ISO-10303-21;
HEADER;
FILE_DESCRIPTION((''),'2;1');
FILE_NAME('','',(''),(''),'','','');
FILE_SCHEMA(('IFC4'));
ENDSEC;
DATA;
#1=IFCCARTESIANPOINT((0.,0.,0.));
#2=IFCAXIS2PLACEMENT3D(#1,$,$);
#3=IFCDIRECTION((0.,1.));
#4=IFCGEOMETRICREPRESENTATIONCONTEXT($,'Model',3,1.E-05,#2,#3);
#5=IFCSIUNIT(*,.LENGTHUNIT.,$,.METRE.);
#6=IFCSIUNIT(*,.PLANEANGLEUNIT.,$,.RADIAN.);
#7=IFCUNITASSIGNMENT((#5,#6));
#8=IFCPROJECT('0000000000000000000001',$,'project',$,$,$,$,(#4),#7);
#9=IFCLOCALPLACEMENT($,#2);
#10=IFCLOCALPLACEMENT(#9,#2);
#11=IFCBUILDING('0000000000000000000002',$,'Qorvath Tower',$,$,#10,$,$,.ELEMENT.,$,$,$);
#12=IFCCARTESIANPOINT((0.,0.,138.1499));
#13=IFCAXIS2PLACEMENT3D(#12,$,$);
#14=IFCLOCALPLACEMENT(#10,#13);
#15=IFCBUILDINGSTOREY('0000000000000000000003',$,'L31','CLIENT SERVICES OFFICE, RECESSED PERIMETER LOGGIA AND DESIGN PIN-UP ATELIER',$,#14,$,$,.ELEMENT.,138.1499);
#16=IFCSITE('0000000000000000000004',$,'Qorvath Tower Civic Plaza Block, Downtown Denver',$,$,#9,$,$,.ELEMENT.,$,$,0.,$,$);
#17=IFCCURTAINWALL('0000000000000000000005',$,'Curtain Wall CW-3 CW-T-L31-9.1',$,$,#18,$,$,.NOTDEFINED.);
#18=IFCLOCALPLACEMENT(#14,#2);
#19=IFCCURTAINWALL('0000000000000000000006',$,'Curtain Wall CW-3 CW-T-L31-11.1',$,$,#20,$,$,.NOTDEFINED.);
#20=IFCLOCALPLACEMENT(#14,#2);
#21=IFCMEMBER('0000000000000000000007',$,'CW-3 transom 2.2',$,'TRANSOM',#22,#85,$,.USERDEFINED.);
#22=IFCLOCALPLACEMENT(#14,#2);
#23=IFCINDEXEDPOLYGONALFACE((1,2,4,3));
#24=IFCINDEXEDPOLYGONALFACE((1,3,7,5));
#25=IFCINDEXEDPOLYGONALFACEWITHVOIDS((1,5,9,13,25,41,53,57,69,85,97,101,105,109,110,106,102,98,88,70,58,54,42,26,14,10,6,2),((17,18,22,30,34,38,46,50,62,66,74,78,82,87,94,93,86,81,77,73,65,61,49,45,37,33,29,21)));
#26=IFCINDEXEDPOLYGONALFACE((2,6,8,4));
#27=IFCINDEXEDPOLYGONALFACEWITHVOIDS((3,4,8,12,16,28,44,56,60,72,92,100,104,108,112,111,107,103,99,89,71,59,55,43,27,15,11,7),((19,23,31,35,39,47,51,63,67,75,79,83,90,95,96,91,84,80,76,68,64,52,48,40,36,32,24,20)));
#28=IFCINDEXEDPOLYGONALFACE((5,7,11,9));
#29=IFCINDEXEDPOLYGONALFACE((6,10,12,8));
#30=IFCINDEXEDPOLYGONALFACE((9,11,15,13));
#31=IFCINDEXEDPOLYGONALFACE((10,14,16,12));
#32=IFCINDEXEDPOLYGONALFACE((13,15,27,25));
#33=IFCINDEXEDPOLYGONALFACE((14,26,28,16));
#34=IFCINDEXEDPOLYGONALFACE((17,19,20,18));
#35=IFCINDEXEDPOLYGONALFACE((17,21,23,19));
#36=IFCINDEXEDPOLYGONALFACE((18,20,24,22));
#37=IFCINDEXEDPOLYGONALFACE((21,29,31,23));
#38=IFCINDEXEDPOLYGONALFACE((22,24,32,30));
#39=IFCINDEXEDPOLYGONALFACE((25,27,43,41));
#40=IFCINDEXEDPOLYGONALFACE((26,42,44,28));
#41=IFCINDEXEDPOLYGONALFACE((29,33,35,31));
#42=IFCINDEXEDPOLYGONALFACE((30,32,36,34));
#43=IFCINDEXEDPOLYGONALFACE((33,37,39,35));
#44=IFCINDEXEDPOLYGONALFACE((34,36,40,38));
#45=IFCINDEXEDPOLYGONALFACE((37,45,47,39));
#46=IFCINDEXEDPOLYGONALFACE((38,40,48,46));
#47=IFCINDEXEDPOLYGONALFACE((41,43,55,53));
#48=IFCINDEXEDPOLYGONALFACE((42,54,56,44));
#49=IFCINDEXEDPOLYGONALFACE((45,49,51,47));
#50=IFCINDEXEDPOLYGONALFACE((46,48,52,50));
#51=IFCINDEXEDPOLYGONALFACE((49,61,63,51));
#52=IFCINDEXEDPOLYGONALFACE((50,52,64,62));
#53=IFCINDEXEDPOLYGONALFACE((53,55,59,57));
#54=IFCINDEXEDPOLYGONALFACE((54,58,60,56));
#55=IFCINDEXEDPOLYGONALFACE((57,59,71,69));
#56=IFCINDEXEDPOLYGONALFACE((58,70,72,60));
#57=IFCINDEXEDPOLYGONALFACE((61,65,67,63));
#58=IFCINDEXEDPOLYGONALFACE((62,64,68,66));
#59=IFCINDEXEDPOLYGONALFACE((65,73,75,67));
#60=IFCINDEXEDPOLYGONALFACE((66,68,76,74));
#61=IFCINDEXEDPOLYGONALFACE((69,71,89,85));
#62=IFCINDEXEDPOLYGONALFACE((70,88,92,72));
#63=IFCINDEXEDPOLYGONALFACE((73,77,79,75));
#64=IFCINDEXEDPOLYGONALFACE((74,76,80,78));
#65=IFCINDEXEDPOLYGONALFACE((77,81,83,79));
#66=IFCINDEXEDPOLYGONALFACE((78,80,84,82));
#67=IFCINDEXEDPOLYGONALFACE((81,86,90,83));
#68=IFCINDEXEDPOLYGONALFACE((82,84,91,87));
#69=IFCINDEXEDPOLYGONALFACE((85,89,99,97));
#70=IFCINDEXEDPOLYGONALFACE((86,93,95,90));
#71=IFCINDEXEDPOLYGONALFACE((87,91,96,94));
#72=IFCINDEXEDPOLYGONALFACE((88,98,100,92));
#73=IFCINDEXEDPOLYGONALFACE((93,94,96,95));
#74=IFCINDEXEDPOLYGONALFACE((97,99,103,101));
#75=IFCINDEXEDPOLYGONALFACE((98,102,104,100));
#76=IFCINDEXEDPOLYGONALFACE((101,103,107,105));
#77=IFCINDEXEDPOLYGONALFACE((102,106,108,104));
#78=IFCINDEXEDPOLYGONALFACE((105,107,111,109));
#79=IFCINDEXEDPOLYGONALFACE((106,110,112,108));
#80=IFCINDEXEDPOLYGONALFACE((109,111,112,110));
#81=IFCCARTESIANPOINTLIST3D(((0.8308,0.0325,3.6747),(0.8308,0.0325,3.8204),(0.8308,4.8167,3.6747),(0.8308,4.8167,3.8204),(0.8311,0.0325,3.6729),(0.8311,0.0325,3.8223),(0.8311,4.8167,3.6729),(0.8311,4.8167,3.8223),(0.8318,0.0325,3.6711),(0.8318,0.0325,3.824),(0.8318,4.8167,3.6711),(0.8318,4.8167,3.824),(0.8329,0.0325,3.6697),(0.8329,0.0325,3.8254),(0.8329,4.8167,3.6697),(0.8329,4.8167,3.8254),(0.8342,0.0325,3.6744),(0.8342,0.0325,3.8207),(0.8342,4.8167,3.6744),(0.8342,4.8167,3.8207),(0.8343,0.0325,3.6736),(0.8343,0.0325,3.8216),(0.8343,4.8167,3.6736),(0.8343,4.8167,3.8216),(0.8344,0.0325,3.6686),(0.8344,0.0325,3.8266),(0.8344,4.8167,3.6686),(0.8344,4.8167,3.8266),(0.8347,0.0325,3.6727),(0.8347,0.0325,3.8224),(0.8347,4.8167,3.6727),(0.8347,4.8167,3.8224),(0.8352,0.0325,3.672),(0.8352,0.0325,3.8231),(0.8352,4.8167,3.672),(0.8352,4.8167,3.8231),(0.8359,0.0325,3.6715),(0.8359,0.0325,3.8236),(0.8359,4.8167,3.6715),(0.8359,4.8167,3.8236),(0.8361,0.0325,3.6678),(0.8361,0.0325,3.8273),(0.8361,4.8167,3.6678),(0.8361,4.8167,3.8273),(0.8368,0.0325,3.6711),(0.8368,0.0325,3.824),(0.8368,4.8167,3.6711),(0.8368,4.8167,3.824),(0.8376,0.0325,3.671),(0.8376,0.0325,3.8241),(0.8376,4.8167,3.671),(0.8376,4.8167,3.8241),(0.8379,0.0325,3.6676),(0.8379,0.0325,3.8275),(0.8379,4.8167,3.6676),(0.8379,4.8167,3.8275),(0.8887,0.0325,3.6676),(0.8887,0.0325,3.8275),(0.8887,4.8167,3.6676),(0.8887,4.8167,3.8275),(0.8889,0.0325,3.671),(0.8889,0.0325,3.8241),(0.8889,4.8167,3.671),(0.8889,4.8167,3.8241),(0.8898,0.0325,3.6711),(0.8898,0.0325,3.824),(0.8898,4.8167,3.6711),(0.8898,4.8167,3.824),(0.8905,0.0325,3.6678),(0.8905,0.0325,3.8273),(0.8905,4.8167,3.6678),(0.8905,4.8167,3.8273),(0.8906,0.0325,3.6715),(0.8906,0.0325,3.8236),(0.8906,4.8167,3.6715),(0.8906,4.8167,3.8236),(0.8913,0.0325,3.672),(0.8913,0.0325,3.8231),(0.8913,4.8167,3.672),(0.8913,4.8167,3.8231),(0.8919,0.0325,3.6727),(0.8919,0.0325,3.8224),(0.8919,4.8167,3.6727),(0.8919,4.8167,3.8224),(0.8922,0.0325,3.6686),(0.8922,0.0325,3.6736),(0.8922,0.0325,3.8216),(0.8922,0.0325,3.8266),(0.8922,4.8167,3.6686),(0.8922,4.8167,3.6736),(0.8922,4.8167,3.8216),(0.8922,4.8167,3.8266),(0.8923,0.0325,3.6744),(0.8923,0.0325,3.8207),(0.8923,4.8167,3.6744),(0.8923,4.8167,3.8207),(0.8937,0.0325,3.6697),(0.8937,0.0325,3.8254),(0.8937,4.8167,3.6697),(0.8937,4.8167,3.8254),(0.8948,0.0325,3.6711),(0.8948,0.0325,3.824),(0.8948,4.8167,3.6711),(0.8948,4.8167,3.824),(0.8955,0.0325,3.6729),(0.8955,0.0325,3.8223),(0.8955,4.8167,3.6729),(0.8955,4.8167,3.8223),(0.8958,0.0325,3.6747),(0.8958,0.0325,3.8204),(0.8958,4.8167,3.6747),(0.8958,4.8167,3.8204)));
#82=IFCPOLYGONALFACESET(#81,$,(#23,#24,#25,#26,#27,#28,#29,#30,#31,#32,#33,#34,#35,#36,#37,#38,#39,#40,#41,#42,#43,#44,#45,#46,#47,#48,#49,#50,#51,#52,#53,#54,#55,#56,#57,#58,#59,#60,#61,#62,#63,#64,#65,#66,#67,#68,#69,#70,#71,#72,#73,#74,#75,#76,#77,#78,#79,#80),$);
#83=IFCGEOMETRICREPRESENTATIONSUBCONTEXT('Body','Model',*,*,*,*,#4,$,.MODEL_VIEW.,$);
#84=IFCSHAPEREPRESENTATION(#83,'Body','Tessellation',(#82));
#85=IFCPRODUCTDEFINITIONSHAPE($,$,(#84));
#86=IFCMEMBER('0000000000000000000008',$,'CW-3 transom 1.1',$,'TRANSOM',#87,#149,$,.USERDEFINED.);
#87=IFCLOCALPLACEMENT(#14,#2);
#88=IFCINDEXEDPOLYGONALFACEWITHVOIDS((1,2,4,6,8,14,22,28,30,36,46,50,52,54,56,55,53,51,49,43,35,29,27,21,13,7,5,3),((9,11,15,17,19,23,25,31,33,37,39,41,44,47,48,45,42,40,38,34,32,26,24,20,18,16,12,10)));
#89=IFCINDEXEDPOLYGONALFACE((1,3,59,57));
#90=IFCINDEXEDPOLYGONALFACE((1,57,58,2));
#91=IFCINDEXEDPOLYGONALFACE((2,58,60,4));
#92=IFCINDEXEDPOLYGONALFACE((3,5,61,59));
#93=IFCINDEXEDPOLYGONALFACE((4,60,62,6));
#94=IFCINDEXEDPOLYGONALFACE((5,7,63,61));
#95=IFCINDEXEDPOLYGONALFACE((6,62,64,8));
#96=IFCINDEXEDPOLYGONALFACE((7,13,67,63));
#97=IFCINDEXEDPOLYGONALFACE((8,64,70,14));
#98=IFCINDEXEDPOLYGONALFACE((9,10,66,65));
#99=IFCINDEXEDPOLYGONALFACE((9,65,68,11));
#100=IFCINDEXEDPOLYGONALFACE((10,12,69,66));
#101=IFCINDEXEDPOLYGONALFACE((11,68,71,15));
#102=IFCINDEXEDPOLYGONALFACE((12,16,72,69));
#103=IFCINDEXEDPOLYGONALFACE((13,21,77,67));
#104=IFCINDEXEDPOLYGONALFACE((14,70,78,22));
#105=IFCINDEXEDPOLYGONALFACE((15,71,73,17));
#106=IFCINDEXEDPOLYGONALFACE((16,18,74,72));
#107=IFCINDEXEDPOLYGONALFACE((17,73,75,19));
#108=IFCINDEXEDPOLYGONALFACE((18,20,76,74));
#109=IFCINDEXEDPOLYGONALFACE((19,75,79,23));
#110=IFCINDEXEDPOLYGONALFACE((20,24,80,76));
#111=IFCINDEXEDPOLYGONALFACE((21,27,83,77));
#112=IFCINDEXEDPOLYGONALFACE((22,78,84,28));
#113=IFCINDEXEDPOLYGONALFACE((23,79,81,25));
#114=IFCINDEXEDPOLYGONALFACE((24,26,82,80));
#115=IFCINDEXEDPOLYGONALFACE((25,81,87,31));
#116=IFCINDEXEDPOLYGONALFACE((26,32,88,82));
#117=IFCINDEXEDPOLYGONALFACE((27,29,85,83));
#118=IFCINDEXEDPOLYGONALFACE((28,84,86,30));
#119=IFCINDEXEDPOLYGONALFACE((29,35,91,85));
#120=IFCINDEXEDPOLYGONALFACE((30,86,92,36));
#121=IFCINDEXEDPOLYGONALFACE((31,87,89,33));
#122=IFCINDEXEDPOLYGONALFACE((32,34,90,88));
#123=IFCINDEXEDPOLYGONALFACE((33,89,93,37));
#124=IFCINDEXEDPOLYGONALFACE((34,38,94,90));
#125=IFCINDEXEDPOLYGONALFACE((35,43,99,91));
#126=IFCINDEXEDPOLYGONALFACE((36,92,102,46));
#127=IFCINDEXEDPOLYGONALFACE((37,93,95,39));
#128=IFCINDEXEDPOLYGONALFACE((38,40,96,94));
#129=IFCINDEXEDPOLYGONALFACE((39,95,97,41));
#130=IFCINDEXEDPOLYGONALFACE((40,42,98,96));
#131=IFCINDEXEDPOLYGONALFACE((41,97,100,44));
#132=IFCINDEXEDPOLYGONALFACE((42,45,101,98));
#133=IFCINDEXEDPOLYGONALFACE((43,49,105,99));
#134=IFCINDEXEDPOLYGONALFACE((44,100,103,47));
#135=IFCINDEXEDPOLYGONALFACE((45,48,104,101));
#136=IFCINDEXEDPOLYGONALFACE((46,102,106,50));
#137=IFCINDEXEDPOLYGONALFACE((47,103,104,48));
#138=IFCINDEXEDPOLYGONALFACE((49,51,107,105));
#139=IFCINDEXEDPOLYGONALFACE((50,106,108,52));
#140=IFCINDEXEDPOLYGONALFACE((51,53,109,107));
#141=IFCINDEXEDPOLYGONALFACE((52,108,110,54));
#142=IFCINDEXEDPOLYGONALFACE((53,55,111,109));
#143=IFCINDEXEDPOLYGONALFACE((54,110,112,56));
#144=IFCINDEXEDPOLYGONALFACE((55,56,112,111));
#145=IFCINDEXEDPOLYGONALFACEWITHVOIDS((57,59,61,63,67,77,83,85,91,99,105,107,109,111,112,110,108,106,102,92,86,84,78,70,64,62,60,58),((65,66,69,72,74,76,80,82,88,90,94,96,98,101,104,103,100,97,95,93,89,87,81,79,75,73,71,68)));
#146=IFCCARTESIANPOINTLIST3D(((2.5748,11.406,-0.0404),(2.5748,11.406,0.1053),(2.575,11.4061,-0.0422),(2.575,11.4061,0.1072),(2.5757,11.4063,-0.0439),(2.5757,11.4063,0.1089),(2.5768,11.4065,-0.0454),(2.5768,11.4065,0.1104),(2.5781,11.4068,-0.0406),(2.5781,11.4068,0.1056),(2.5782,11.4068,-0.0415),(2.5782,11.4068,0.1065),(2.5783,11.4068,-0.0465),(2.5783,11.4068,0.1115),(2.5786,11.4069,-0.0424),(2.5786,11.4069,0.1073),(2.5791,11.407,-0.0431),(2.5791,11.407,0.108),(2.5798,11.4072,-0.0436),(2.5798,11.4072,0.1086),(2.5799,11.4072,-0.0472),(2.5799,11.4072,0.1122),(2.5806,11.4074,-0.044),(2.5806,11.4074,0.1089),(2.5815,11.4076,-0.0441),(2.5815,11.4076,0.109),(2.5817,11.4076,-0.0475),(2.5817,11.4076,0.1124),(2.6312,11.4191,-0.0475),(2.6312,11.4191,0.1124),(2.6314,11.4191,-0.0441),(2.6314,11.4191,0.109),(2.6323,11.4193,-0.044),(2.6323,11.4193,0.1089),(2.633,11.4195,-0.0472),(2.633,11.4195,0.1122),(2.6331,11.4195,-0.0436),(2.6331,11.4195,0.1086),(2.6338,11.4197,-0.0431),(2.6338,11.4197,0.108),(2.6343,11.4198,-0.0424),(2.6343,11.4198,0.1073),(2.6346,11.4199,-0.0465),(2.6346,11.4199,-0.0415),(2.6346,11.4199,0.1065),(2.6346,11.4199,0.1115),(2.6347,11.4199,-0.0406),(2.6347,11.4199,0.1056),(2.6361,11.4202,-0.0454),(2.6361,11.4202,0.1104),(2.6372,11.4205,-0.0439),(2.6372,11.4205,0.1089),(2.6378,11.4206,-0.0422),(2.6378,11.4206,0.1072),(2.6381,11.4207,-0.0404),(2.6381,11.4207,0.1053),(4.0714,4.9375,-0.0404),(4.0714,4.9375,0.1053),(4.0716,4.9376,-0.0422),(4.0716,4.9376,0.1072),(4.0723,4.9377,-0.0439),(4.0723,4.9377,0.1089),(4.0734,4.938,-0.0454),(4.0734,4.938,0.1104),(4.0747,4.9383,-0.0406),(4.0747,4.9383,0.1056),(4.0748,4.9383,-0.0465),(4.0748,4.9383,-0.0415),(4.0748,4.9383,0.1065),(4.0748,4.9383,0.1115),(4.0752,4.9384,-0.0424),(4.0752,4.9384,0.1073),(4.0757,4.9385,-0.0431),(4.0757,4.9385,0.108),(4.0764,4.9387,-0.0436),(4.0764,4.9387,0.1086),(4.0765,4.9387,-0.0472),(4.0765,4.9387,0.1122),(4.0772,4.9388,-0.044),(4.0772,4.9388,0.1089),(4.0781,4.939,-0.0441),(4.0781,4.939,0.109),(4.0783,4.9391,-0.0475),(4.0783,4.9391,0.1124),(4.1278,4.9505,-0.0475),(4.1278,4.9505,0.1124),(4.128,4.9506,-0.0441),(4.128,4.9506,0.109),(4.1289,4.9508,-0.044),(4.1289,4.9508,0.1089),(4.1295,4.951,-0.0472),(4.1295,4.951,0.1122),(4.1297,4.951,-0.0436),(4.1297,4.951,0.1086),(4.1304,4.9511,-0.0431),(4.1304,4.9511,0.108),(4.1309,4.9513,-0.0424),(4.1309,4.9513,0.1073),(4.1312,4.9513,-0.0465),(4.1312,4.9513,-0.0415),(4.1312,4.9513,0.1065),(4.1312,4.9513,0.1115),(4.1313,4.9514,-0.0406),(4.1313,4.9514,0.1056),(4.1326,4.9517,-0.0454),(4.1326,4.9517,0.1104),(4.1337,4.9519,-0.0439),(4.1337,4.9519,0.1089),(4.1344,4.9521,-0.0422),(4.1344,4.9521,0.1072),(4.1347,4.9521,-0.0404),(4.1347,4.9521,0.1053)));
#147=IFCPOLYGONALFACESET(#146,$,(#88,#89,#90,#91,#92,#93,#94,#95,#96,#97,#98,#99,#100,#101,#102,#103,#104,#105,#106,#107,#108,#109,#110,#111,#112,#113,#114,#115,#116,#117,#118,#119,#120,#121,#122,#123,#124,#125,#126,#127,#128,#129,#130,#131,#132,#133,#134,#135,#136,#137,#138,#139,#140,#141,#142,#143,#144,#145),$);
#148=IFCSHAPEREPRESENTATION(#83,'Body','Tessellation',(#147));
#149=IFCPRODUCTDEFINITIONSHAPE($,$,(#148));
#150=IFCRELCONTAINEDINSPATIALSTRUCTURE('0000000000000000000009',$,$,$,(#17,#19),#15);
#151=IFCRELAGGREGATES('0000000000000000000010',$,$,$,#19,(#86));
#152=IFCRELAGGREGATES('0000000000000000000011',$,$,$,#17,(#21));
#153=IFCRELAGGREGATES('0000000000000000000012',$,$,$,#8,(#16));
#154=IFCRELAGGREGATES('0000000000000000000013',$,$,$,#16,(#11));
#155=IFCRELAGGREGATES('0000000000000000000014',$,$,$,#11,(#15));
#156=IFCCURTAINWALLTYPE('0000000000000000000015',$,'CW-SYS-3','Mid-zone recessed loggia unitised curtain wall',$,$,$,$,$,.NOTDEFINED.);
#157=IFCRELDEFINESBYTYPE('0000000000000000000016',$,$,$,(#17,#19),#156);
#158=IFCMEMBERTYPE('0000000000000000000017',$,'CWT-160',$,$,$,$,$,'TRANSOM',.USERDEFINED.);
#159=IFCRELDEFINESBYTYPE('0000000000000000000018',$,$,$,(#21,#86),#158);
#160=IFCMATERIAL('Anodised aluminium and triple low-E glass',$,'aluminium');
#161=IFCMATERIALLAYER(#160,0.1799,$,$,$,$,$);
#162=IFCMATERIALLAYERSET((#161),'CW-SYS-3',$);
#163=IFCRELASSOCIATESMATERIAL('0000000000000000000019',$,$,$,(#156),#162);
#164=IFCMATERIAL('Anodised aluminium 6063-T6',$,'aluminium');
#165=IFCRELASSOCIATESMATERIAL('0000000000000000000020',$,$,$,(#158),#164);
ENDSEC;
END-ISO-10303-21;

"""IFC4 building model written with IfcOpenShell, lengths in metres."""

from ifc_helpers import new_model, si_unit, direction, frame, origin, origin_2d, place, context, subcontext, project, spatial, hollow_rectangle, extrude, material, layer, layer_set, material_profile, profile_set, type_object, element, aggregate, save


model = new_model("IFC4")

# Units and contexts
model_context = context("Model", 3, precision=1e-05, world=origin(), true_north=direction((0.0, 1.0)))
body_context = subcontext(model_context, "Body", "Model", "MODEL_VIEW")
ifc_project = project(units=[si_unit("LENGTHUNIT", "METRE"), si_unit("PLANEANGLEUNIT", "RADIAN")], contexts=[model_context])

# Site, building, storey
site_placement = place(None, origin())
site = spatial("IfcSite", under=ifc_project, at=site_placement, Name="Qorvath Tower Civic Plaza Block, Downtown Denver", CompositionType="ELEMENT", RefElevation=0.0)
building_placement = place(site_placement, origin())
building = spatial("IfcBuilding", under=site, at=building_placement, Name="Qorvath Tower", CompositionType="ELEMENT")
storey_placement = place(building_placement, frame((0.0, 0.0, 138.1499)))
storey = spatial("IfcBuildingStorey", under=building, at=storey_placement, Name="L31", Description="CLIENT SERVICES OFFICE, RECESSED PERIMETER LOGGIA AND DESIGN PIN-UP ATELIER", CompositionType="ELEMENT", Elevation=138.1499)

# Curtain wall
ifc_material_1 = material(Name="Anodised aluminium and triple low-E glass", Category="aluminium")
ifc_layer_1 = layer(ifc_material_1, 0.1799)
ifc_layer_set_1 = layer_set([ifc_layer_1], Name="CW-SYS-3")
curtain_wall_type = type_object("IfcCurtainWallType", Name="CW-SYS-3", Description="Mid-zone recessed loggia unitised curtain wall", PredefinedType="NOTDEFINED", material=ifc_layer_set_1)
curtain_wall_1_placement = place(storey_placement, origin())
curtain_wall_1 = element("IfcCurtainWall", 1, at=curtain_wall_1_placement, inside=storey, type_object=curtain_wall_type, Name="Curtain Wall CW-3 CW-T-L31-9.1", PredefinedType="NOTDEFINED")

# Curtain wall
curtain_wall_2_placement = place(storey_placement, origin())
curtain_wall_2 = element("IfcCurtainWall", 2, at=curtain_wall_2_placement, inside=storey, type_object=curtain_wall_type, Name="Curtain Wall CW-3 CW-T-L31-11.1", PredefinedType="NOTDEFINED")

# Members
ifc_material_2 = material(Name="Anodised aluminium 6063-T6", Category="aluminium")
ifc_material_profile_1 = material_profile(ifc_material_2, hollow_rectangle(XDim=0.0649, YDim=0.1599, WallThickness=0.0034, InnerFilletRadius=0.0034, OuterFilletRadius=0.0071, at=origin_2d()), Name="CWT 160x65")
ifc_profile_set_1 = profile_set([ifc_material_profile_1], Name="Anodised aluminium 6063-T6")
member_type_1 = type_object("IfcMemberType", Name="CWT-160", ElementType="TRANSOM", PredefinedType="USERDEFINED", material=ifc_profile_set_1)
member_1_placement = place(storey_placement, frame((0.8633, 0.0325, 3.7476), z_axis=(0.0, 1.0, 0.0), x_axis=(-1.0, 0.0, 0.0)))
member_1 = element("IfcMember", 3, at=member_1_placement, type_object=member_type_1, Name="CW-3 transom 2.2", ObjectType="TRANSOM", PredefinedType="USERDEFINED", context=body_context, shape_type="SweptSolid", body=[
    extrude(hollow_rectangle(XDim=0.0649, YDim=0.1599, WallThickness=0.0034, InnerFilletRadius=0.0034, OuterFilletRadius=0.0071, at=origin_2d()), origin(), (0.0, 0.0, 1.0), 4.7842),
])
member_2_placement = place(storey_placement, frame((4.103, 4.9448, 0.0325), z_axis=(-0.22541, 0.974264, 0.0), x_axis=(-0.974264, -0.22541, 0.0)))
member_2 = element("IfcMember", 4, at=member_2_placement, type_object=member_type_1, Name="CW-3 transom 1.1", ObjectType="TRANSOM", PredefinedType="USERDEFINED", context=body_context, shape_type="SweptSolid", body=[
    extrude(hollow_rectangle(XDim=0.0649, YDim=0.1599, WallThickness=0.0034, InnerFilletRadius=0.0034, OuterFilletRadius=0.0071, at=origin_2d()), origin(), (0.0, 0.0, 1.0), 6.6394),
])
aggregate(curtain_wall_2, [member_2])

aggregate(curtain_wall_1, [member_1])

save(model, "model.ifc")
